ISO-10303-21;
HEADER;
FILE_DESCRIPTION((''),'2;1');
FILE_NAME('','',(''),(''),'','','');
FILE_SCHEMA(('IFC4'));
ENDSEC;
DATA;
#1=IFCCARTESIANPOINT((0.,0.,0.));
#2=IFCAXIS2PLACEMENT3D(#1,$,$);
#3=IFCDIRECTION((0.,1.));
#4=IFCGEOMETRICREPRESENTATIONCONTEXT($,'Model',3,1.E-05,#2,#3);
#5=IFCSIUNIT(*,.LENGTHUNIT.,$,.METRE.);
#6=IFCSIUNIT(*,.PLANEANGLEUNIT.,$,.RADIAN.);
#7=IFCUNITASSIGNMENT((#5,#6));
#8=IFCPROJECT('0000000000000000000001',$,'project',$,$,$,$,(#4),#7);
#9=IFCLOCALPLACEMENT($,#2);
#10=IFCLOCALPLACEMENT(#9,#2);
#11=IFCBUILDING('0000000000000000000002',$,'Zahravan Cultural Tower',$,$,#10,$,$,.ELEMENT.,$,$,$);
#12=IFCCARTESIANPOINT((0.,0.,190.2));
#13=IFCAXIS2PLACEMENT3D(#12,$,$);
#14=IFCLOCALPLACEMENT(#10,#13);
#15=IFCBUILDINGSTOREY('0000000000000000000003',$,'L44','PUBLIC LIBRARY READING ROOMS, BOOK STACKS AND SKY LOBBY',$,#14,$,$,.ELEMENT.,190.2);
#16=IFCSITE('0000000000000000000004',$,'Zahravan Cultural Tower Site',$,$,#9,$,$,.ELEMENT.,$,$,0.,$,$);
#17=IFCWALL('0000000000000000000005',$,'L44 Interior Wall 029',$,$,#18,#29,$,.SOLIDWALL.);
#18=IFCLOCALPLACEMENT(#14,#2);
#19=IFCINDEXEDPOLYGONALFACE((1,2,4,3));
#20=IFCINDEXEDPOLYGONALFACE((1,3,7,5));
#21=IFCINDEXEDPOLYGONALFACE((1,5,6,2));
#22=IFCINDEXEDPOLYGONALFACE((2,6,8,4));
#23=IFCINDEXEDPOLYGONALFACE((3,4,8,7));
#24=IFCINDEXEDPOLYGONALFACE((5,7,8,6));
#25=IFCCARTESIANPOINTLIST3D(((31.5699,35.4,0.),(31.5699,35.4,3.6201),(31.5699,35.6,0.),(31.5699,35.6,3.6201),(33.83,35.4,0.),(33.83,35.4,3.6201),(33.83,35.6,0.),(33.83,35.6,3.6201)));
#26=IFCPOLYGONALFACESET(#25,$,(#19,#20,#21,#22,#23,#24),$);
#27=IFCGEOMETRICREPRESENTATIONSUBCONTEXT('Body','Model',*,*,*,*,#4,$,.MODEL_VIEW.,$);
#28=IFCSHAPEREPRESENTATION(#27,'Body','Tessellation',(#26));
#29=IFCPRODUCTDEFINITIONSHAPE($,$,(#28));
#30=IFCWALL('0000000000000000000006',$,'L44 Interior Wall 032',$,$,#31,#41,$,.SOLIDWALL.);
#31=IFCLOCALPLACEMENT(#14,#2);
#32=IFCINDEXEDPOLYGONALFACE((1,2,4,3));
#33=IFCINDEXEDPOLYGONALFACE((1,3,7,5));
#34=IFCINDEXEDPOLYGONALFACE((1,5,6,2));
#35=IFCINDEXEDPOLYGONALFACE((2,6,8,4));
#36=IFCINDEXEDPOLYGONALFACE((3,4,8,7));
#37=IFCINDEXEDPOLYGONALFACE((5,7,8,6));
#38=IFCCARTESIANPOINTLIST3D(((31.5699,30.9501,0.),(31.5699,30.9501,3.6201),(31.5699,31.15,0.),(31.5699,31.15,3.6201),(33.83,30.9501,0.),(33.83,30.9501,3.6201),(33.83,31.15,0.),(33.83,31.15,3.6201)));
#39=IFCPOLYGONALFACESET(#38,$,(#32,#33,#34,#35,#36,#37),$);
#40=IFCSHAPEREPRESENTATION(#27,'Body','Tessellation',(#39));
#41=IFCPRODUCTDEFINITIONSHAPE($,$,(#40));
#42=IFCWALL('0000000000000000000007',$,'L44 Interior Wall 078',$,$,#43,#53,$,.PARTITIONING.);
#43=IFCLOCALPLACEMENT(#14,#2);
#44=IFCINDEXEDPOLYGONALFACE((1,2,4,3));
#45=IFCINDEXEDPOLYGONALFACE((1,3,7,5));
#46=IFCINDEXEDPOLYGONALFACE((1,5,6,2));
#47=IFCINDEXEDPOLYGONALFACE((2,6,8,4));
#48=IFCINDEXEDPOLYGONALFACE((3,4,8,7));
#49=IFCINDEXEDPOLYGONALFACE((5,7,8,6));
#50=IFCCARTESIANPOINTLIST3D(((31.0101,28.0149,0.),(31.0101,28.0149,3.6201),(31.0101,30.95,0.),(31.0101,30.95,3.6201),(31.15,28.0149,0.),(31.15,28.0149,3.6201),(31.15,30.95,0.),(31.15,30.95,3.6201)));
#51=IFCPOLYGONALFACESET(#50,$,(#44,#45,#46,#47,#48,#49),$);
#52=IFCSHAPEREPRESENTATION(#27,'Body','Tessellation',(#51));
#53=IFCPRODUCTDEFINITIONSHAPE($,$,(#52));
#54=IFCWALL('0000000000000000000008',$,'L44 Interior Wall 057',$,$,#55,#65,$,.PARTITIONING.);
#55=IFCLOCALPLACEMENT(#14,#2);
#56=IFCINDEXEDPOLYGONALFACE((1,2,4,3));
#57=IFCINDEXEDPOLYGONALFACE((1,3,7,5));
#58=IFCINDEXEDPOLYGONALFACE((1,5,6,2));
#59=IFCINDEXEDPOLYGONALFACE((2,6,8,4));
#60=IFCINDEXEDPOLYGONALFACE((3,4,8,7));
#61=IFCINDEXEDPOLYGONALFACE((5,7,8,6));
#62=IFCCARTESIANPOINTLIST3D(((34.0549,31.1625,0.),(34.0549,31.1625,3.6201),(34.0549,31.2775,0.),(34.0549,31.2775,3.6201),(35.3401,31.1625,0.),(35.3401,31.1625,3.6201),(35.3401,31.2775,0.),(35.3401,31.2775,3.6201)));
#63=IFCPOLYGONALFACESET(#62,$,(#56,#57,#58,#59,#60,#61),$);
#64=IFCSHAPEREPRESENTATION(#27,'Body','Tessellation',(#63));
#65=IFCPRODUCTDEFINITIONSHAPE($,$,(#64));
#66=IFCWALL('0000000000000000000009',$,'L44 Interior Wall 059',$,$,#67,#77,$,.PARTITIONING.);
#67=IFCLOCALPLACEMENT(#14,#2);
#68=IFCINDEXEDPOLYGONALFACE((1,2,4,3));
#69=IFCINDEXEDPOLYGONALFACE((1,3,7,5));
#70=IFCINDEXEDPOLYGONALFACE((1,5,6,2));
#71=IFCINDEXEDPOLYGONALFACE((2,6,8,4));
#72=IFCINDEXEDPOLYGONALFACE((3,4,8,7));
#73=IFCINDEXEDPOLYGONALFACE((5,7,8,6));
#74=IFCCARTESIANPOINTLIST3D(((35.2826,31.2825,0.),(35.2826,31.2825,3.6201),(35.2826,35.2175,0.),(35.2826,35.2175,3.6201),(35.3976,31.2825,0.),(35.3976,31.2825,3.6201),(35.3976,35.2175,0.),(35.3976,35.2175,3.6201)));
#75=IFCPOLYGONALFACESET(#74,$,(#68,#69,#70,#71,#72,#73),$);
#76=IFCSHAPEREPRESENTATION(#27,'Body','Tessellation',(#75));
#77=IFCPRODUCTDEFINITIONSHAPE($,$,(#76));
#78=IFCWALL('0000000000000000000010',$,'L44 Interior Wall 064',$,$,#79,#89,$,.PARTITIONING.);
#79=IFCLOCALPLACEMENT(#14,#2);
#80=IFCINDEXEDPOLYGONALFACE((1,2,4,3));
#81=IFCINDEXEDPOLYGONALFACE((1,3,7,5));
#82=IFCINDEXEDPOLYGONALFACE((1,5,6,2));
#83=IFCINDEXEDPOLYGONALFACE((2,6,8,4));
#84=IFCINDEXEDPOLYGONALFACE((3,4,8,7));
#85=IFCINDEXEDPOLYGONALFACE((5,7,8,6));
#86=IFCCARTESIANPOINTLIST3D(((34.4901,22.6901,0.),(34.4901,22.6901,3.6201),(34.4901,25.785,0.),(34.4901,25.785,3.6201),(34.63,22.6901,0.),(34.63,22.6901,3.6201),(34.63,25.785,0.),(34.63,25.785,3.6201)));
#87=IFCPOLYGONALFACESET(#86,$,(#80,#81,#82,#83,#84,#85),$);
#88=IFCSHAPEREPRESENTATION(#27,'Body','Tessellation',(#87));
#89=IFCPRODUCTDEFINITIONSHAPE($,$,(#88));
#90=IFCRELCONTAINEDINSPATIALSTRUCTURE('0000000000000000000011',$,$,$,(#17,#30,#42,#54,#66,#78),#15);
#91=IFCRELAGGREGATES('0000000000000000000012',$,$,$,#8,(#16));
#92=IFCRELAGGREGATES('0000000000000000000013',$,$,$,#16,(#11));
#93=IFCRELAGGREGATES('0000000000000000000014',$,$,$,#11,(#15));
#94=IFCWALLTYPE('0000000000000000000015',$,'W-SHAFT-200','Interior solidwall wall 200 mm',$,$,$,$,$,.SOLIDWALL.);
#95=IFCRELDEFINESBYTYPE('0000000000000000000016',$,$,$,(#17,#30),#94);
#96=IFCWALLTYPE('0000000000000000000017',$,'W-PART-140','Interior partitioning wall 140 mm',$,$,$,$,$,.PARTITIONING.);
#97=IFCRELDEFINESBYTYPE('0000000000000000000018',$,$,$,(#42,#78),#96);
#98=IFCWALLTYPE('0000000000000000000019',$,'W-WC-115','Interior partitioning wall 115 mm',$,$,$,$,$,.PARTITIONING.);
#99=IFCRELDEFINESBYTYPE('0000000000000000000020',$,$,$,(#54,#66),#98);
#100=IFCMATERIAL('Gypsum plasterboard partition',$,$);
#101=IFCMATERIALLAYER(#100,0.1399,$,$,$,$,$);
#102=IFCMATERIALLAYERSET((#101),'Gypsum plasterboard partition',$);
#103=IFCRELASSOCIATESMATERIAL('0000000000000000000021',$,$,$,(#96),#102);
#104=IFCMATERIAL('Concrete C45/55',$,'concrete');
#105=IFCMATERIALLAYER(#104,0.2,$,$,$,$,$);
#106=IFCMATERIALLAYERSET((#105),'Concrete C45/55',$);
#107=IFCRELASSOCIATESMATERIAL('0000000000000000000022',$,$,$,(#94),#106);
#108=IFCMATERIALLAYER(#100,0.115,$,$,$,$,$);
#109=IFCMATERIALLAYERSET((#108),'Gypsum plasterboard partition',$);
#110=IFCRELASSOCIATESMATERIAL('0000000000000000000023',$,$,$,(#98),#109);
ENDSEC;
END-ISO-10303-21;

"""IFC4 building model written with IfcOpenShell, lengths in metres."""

from ifc_helpers import new_model, si_unit, direction, frame, frame_2d, origin, place, context, subcontext, project, spatial, rectangle, extrude, source, transform, mapped, material, layer, layer_set, type_object, element, save


model = new_model("IFC4")

# Units and contexts
model_context = context("Model", 3, precision=1e-05, world=origin(), true_north=direction((0.0, 1.0)))
body_context = subcontext(model_context, "Body", "Model", "MODEL_VIEW")
ifc_project = project(units=[si_unit("LENGTHUNIT", "METRE"), si_unit("PLANEANGLEUNIT", "RADIAN")], contexts=[model_context])

# Site, building, storey
site_placement = place(None, origin())
site = spatial("IfcSite", under=ifc_project, at=site_placement, Name="Zahravan Cultural Tower Site", CompositionType="ELEMENT", RefElevation=0.0)
building_placement = place(site_placement, origin())
building = spatial("IfcBuilding", under=site, at=building_placement, Name="Zahravan Cultural Tower", CompositionType="ELEMENT")
storey_placement = place(building_placement, frame((0.0, 0.0, 190.2)))
storey = spatial("IfcBuildingStorey", under=building, at=storey_placement, Name="L44", Description="PUBLIC LIBRARY READING ROOMS, BOOK STACKS AND SKY LOBBY", CompositionType="ELEMENT", Elevation=190.2)

# Shared definitions
ifc_material_1 = material(Name="Gypsum plasterboard partition")
ifc_layer_1 = layer(ifc_material_1, 0.1399)
ifc_layer_set_1 = layer_set([ifc_layer_1], Name="Gypsum plasterboard partition")
wall_type_1 = type_object("IfcWallType", Name="W-PART-140", Description="Interior partitioning wall 140 mm", PredefinedType="PARTITIONING", material=ifc_layer_set_1)
ifc_material_2 = material(Name="Concrete C45/55", Category="concrete")
ifc_layer_2 = layer(ifc_material_2, 0.2)
ifc_layer_set_2 = layer_set([ifc_layer_2], Name="Concrete C45/55")
wall_type_2 = type_object("IfcWallType", Name="W-SHAFT-200", Description="Interior solidwall wall 200 mm", PredefinedType="SOLIDWALL", material=ifc_layer_set_2)
ifc_layer_3 = layer(ifc_material_1, 0.115)
ifc_layer_set_3 = layer_set([ifc_layer_3], Name="Gypsum plasterboard partition")
wall_type_3 = type_object("IfcWallType", Name="W-WC-115", Description="Interior partitioning wall 115 mm", PredefinedType="PARTITIONING", material=ifc_layer_set_3)

# Walls
shared_shape_1 = source(origin(), body_context, "Body", "SweptSolid", [
    extrude(rectangle(XDim=2.26, YDim=0.2, at=frame_2d((1.1299, 0.0))), origin(), (0.0, 0.0, 1.0), 3.6201),
])
for number, where, z_axis, x_axis, name in (
    (1, (31.5701, 35.5, 0.0), (0.0, 0.0, 1.0), (1.0, 0.0, 0.0), "L44 Interior Wall 029"),
    (2, (31.5701, 31.05, 0.0), (0.0, 0.0, 1.0), (1.0, 0.0, 0.0), "L44 Interior Wall 032"),
):
    element("IfcWall", number, at=place(storey_placement, frame(where, z_axis=z_axis, x_axis=x_axis)), inside=storey, type_object=wall_type_2, Name=name, PredefinedType="SOLIDWALL", context=body_context, shape_type="MappedRepresentation", body=[
        mapped(shared_shape_1, transform((0.0, 0.0, 0.0), x_axis=(1.0, 0.0, 0.0), y_axis=(0.0, 1.0, 0.0), z_axis=(0.0, 0.0, 1.0), scale=1.0)),
    ])
shared_shape_2 = source(origin(), body_context, "Body", "SweptSolid", [
    extrude(rectangle(XDim=2.9351, YDim=0.1399, at=frame_2d((1.4675, 0.0))), origin(), (0.0, 0.0, 1.0), 3.6201),
])
wall_1_placement = place(storey_placement, frame((31.0801, 28.0149, 0.0), z_axis=(0.0, 0.0, 1.0), x_axis=(0.0, 1.0, 0.0)))
element("IfcWall", 3, at=wall_1_placement, inside=storey, type_object=wall_type_1, Name="L44 Interior Wall 078", PredefinedType="PARTITIONING", context=body_context, shape_type="MappedRepresentation", body=[
    mapped(shared_shape_2, transform((0.0, 0.0, 0.0), x_axis=(1.0, 0.0, 0.0), y_axis=(0.0, 1.0, 0.0), z_axis=(0.0, 0.0, 1.0), scale=1.0)),
])
shared_shape_3 = source(origin(), body_context, "Body", "SweptSolid", [
    extrude(rectangle(XDim=1.2852, YDim=0.115, at=frame_2d((0.6426, 0.0))), origin(), (0.0, 0.0, 1.0), 3.6201),
])
wall_2_placement = place(storey_placement, frame((35.3401, 31.22, 0.0), z_axis=(0.0, 0.0, 1.0), x_axis=(-1.0, 0.0, 0.0)))
element("IfcWall", 4, at=wall_2_placement, inside=storey, type_object=wall_type_3, Name="L44 Interior Wall 057", PredefinedType="PARTITIONING", context=body_context, shape_type="MappedRepresentation", body=[
    mapped(shared_shape_3, transform((0.0, 0.0, 0.0), x_axis=(1.0, 0.0, 0.0), y_axis=(0.0, 1.0, 0.0), z_axis=(0.0, 0.0, 1.0), scale=1.0)),
])
shared_shape_4 = source(origin(), body_context, "Body", "SweptSolid", [
    extrude(rectangle(XDim=3.9351, YDim=0.115, at=frame_2d((1.9675, 0.0))), origin(), (0.0, 0.0, 1.0), 3.6201),
])
wall_3_placement = place(storey_placement, frame((35.3401, 35.2175, 0.0), z_axis=(0.0, 0.0, 1.0), x_axis=(0.0, -1.0, 0.0)))
element("IfcWall", 5, at=wall_3_placement, inside=storey, type_object=wall_type_3, Name="L44 Interior Wall 059", PredefinedType="PARTITIONING", context=body_context, shape_type="MappedRepresentation", body=[
    mapped(shared_shape_4, transform((0.0, 0.0, 0.0), x_axis=(1.0, 0.0, 0.0), y_axis=(0.0, 1.0, 0.0), z_axis=(0.0, 0.0, 1.0), scale=1.0)),
])
shared_shape_5 = source(origin(), body_context, "Body", "SweptSolid", [
    extrude(rectangle(XDim=3.095, YDim=0.1399, at=frame_2d((1.5474, 0.0))), origin(), (0.0, 0.0, 1.0), 3.6201),
])
wall_4_placement = place(storey_placement, frame((34.5601, 25.7849, 0.0), z_axis=(0.0, 0.0, 1.0), x_axis=(0.0, -1.0, 0.0)))
element("IfcWall", 6, at=wall_4_placement, inside=storey, type_object=wall_type_1, Name="L44 Interior Wall 064", PredefinedType="PARTITIONING", context=body_context, shape_type="MappedRepresentation", body=[
    mapped(shared_shape_5, transform((0.0, 0.0, 0.0), x_axis=(1.0, 0.0, 0.0), y_axis=(0.0, 1.0, 0.0), z_axis=(0.0, 0.0, 1.0), scale=1.0)),
])

save(model, "model.ifc")
